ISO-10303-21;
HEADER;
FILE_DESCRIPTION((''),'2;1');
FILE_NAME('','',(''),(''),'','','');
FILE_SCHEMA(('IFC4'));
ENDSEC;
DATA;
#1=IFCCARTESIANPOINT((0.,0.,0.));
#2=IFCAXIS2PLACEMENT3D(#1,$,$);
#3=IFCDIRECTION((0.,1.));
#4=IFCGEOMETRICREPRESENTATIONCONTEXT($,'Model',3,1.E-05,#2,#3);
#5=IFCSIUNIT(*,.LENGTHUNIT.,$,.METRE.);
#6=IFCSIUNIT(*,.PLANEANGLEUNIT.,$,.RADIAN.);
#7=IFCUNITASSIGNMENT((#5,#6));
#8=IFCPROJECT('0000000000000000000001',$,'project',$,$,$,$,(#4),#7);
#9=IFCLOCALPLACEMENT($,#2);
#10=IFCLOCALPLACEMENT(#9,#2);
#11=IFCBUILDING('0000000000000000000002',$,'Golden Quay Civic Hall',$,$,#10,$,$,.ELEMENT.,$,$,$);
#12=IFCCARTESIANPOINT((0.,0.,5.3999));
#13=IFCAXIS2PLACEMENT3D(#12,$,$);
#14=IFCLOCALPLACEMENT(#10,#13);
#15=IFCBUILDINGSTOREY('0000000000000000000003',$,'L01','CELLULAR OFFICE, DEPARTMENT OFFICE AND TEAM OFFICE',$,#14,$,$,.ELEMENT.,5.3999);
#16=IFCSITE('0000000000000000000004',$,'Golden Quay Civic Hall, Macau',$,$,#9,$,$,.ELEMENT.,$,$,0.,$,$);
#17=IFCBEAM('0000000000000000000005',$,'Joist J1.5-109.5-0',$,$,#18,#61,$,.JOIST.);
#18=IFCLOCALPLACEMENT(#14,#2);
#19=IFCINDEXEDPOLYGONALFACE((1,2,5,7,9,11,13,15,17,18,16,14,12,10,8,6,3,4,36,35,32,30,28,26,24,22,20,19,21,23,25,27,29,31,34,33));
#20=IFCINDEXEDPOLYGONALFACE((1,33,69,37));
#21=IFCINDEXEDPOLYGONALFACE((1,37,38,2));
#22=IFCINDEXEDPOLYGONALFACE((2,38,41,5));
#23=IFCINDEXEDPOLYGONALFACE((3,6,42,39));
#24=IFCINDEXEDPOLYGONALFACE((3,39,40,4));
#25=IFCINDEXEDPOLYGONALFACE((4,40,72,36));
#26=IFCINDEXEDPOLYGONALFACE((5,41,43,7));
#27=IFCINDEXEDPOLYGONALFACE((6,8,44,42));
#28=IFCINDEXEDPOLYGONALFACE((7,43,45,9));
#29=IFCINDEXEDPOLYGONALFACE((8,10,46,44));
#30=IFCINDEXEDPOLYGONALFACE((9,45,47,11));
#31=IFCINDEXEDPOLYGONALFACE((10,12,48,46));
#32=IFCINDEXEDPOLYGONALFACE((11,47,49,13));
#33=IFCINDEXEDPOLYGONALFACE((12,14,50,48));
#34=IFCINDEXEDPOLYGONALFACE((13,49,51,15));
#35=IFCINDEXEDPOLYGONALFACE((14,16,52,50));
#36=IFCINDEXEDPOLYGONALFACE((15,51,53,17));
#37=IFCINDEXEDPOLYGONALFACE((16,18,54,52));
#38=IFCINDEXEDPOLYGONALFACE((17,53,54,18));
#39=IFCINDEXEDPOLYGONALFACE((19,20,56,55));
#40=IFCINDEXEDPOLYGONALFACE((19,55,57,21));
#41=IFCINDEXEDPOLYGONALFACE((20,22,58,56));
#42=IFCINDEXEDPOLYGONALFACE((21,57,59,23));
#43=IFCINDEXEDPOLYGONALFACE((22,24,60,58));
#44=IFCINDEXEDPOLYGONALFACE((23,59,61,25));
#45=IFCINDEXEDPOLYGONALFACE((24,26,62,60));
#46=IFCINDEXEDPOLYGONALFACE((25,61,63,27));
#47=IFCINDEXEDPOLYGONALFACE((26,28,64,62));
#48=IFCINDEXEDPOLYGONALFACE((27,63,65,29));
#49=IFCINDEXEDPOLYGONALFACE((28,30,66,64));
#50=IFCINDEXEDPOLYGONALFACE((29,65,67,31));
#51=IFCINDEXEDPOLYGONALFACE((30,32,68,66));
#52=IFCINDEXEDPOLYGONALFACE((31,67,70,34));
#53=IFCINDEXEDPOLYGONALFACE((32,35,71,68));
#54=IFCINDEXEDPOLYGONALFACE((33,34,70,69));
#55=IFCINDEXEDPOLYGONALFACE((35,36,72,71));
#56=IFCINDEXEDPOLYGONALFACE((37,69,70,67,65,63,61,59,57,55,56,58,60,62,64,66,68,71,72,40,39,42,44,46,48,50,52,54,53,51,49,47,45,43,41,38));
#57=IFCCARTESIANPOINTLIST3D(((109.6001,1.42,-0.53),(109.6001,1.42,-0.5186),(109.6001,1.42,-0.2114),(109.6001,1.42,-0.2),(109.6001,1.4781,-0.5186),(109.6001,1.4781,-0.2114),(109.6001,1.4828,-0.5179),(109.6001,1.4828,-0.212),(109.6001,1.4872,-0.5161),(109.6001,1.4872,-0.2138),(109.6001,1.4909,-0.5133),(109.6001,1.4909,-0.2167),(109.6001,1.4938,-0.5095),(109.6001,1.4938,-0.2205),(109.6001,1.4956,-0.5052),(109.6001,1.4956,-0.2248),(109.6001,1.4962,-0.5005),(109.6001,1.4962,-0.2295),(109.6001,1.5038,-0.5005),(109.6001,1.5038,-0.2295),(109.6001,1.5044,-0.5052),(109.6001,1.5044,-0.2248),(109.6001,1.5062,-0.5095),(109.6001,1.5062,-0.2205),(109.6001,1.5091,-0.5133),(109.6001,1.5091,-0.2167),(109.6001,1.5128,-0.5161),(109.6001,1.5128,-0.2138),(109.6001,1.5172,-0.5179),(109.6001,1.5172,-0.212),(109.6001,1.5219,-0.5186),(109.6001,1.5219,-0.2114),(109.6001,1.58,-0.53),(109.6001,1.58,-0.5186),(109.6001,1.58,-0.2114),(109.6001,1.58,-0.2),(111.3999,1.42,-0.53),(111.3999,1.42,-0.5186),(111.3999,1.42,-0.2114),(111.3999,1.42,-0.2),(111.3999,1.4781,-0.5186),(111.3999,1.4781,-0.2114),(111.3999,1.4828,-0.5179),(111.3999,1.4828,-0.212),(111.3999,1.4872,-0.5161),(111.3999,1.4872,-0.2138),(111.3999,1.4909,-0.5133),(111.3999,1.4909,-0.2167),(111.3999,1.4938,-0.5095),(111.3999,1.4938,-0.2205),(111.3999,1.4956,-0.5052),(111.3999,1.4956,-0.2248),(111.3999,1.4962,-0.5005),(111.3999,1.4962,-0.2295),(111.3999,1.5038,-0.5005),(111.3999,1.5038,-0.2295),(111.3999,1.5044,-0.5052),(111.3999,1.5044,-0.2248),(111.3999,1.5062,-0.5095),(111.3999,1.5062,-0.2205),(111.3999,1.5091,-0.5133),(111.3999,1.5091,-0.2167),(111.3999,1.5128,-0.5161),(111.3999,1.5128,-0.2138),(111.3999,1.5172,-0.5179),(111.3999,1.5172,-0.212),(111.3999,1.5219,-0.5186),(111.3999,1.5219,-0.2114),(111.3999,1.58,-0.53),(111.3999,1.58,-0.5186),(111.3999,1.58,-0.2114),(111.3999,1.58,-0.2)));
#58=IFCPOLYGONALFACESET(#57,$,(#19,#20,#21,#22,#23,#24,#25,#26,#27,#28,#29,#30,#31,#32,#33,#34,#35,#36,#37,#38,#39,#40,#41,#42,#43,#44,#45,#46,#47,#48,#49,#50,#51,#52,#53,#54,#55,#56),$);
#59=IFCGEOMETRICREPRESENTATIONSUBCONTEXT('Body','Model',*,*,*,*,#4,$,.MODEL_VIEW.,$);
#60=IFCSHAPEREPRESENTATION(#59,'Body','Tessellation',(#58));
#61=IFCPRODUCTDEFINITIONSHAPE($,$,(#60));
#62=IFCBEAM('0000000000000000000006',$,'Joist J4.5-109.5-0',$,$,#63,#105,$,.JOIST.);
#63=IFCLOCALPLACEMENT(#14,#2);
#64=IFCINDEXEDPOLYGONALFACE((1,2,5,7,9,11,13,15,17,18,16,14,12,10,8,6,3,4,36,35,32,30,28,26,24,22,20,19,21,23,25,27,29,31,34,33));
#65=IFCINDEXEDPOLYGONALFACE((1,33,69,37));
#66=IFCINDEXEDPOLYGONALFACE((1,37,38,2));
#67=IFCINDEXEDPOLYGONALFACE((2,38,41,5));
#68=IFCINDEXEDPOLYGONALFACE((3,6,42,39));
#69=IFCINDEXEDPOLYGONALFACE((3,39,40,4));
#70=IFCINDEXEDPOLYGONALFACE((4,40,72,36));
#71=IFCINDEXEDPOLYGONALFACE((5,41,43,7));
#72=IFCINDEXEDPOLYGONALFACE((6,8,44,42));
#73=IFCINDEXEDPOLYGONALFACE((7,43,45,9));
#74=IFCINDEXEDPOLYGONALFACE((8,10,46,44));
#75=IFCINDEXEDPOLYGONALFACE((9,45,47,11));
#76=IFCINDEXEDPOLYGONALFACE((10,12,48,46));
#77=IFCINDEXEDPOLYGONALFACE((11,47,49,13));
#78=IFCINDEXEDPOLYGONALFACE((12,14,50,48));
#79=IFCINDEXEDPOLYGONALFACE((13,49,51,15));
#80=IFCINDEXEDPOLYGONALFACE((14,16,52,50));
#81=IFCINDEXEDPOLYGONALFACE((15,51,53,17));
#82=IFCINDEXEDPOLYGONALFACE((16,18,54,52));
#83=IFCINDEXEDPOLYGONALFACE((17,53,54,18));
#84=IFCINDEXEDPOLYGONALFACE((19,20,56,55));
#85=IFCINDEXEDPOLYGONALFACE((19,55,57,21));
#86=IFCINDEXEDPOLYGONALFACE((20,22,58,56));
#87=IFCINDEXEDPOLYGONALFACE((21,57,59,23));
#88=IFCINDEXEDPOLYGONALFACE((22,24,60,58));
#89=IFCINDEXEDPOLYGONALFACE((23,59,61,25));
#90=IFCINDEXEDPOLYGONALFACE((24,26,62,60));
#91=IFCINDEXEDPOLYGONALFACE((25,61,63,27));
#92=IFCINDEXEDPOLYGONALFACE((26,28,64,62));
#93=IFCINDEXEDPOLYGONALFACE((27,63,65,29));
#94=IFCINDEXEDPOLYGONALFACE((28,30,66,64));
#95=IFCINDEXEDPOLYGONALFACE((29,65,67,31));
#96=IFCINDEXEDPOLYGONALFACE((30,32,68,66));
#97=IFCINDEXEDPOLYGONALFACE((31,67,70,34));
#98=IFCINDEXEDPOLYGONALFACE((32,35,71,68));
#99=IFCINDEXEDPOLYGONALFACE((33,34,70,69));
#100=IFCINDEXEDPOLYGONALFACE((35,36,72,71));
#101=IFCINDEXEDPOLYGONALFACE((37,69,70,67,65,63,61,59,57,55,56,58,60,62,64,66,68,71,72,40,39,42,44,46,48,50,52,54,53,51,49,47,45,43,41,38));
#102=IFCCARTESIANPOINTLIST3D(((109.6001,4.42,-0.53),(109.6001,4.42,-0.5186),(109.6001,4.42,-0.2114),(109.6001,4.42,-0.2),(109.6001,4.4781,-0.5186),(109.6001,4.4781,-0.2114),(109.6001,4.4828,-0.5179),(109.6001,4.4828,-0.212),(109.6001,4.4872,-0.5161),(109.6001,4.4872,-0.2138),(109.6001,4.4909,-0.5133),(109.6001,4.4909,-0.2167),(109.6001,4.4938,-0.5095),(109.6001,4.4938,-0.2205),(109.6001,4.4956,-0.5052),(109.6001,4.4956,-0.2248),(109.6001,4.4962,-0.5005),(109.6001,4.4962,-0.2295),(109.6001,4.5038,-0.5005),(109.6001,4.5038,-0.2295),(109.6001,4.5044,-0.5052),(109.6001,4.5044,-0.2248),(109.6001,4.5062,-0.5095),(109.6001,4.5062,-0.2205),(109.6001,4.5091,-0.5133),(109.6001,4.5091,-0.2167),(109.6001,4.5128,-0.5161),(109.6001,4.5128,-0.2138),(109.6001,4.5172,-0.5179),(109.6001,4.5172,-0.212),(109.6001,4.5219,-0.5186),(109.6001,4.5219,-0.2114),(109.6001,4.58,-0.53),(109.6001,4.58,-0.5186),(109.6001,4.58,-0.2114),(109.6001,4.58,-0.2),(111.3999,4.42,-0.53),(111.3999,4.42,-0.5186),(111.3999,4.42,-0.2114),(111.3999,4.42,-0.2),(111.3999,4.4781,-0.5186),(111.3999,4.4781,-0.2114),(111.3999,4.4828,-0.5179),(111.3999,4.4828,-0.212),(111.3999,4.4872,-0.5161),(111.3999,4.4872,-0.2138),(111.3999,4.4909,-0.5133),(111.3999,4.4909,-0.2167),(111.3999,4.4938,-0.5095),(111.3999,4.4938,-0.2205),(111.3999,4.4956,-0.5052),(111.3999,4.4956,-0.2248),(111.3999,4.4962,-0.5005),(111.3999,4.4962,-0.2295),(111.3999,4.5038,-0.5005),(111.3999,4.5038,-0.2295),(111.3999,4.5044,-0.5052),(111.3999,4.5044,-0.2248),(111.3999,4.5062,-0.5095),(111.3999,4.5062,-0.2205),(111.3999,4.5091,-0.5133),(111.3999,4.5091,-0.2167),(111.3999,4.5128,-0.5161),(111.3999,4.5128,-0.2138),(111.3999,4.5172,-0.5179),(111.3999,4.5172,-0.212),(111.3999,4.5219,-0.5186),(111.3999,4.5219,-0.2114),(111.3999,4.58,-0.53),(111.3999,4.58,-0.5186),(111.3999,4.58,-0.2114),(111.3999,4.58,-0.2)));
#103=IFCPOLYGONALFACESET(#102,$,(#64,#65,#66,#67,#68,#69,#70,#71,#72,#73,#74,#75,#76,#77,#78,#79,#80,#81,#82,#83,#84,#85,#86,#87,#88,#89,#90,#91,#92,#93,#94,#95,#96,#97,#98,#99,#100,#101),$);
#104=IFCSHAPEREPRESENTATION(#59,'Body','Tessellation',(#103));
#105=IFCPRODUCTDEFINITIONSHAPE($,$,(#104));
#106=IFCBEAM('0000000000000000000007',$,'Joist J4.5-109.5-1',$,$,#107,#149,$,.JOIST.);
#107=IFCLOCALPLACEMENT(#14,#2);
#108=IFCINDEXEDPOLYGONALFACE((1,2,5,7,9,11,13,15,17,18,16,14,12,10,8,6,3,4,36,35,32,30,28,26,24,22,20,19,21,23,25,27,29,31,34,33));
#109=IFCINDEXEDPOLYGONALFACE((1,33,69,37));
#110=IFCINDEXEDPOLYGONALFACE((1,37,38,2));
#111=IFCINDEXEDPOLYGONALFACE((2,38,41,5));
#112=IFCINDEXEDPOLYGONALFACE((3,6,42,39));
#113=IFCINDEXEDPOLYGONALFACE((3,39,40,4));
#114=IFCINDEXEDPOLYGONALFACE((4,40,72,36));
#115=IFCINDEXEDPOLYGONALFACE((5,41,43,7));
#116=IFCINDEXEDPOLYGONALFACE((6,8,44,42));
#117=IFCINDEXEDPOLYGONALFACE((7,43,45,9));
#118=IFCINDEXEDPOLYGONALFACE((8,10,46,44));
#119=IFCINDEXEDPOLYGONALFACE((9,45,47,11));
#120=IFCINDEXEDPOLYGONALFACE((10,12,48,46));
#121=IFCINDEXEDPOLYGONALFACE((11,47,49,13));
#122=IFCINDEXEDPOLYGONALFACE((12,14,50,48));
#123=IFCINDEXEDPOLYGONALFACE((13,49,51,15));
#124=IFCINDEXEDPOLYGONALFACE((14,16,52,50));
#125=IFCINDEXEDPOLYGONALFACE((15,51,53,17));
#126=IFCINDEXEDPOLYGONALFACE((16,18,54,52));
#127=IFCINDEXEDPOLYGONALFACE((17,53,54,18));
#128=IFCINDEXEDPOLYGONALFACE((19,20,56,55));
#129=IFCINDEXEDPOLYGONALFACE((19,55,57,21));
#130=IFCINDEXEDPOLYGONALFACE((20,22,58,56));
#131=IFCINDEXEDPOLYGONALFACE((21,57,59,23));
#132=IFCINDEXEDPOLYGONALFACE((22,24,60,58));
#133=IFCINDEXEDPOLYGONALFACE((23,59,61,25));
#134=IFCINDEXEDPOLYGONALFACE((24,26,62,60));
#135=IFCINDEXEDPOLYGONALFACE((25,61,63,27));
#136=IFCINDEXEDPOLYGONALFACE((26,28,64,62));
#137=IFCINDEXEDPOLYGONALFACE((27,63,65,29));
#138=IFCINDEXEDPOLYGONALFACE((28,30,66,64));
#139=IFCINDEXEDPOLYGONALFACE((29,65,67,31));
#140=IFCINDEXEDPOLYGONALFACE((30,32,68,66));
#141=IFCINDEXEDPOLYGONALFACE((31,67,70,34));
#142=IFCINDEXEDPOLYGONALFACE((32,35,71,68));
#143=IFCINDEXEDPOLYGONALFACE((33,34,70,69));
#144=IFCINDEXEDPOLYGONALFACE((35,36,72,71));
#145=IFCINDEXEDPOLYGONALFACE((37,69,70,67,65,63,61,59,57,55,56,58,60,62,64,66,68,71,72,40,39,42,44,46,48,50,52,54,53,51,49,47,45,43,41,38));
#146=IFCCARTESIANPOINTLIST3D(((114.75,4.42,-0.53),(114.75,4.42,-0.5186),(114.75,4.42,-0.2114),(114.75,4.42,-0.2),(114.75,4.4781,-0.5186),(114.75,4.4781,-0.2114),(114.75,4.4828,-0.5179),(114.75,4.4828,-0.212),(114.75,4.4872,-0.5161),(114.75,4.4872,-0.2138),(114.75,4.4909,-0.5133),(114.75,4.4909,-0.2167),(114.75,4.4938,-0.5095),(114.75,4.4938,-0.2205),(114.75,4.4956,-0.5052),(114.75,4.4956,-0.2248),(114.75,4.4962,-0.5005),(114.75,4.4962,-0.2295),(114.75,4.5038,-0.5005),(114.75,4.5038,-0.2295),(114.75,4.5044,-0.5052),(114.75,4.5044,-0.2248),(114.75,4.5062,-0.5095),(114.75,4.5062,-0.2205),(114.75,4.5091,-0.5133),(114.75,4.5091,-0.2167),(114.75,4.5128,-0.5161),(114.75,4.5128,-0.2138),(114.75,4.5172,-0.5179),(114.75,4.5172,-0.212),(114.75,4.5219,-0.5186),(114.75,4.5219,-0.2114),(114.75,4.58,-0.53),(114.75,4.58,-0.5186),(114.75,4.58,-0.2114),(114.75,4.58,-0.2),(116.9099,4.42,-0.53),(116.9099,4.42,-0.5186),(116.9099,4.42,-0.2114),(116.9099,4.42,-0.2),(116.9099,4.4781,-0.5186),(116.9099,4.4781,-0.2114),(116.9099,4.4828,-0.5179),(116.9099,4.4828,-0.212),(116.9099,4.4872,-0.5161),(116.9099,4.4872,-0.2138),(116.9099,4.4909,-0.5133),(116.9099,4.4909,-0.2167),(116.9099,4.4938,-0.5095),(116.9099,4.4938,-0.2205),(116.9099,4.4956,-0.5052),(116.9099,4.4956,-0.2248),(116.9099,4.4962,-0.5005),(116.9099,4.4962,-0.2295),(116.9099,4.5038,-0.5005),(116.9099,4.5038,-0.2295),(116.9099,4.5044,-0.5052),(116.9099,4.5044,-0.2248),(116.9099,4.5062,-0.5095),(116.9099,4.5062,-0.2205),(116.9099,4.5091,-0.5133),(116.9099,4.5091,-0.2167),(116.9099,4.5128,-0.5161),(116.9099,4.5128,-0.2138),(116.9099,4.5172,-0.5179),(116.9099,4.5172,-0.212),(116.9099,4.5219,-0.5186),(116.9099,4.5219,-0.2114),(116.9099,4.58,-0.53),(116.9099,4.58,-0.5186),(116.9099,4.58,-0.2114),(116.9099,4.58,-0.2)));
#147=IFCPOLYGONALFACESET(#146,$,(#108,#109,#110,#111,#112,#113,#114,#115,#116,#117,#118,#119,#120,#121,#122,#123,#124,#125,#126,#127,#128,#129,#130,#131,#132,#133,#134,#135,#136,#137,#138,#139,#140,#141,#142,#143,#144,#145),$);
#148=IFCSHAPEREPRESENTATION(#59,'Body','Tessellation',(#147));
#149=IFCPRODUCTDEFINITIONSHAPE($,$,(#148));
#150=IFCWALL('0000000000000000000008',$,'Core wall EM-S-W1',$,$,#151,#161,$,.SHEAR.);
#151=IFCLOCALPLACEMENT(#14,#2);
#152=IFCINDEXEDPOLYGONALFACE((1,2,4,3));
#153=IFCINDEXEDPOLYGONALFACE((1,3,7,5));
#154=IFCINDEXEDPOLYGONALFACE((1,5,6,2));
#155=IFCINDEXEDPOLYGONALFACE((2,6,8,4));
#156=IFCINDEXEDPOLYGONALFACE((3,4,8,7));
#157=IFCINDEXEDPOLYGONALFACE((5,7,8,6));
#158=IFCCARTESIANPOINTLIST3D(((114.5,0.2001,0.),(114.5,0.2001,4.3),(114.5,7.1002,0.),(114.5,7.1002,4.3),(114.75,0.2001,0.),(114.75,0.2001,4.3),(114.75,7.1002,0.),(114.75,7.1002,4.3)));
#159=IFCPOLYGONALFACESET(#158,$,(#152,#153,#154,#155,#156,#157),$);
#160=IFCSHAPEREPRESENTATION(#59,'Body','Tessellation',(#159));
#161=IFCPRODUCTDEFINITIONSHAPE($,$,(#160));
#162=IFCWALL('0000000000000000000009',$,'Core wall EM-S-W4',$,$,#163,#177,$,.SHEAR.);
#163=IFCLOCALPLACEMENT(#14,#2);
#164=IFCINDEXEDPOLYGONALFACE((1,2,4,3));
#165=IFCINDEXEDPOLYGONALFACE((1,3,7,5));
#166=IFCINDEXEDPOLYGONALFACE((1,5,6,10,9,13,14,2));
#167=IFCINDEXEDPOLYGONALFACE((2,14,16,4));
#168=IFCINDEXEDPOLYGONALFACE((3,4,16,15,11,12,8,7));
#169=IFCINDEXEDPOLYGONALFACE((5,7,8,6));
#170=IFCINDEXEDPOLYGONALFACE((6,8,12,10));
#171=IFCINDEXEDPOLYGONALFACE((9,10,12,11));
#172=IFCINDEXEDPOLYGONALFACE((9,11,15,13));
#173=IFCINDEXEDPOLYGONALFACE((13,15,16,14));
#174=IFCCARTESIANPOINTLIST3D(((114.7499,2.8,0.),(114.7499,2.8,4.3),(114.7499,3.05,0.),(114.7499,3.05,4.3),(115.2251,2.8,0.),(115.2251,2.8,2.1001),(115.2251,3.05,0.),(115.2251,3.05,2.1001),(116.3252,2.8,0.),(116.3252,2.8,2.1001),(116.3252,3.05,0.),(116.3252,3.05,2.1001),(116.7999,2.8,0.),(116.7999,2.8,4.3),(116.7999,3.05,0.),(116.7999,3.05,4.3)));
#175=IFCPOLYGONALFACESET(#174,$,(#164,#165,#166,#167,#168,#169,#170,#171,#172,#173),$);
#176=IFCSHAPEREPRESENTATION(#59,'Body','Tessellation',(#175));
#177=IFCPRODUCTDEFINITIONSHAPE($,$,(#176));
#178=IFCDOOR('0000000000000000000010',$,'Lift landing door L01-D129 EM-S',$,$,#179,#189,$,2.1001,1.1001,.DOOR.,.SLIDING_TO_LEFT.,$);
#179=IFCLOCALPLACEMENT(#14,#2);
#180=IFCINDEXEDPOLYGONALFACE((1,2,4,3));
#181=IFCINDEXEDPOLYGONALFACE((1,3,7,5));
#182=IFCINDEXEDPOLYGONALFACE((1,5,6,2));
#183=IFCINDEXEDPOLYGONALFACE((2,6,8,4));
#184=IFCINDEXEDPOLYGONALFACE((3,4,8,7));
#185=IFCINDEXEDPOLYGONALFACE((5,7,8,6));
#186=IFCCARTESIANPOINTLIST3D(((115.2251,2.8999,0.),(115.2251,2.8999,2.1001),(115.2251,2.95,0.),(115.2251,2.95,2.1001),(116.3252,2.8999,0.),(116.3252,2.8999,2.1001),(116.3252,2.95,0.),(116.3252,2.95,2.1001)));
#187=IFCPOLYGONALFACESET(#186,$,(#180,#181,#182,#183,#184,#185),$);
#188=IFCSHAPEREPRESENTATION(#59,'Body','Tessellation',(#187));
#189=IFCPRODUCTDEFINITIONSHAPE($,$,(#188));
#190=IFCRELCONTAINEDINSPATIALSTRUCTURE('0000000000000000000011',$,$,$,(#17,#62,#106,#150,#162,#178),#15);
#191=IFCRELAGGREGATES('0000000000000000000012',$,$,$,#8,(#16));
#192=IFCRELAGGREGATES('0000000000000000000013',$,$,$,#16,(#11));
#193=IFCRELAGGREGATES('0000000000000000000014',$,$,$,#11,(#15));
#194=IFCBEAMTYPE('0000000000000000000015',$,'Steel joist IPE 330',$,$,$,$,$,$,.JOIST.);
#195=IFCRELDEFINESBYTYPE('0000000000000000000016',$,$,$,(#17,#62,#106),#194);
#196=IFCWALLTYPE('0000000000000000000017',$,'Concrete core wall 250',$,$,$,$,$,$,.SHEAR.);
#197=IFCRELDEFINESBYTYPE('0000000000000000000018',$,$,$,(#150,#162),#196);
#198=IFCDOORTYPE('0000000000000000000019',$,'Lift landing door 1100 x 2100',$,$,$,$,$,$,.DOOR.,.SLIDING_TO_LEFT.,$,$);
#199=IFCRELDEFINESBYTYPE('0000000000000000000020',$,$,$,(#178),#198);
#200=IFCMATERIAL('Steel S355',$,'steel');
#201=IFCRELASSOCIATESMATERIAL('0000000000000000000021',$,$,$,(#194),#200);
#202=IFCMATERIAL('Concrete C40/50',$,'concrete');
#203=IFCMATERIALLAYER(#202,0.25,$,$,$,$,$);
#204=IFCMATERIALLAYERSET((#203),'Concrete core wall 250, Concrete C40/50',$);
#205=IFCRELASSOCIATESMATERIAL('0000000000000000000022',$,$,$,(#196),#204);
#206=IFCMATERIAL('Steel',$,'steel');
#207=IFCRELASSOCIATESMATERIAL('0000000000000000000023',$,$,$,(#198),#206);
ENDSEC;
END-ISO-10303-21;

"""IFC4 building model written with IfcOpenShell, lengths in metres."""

from ifc_helpers import new_model, si_unit, direction, frame, frame_2d, origin, origin_2d, place, context, subcontext, project, spatial, rectangle, i_section, extrude, material, layer, layer_set, material_profile, profile_set, type_object, element, fill, save


model = new_model("IFC4")

# Units and contexts
model_context = context("Model", 3, precision=1e-05, world=origin(), true_north=direction((0.0, 1.0)))
body_context = subcontext(model_context, "Body", "Model", "MODEL_VIEW")
ifc_project = project(units=[si_unit("LENGTHUNIT", "METRE"), si_unit("PLANEANGLEUNIT", "RADIAN")], contexts=[model_context])

# Site, building, storey
site_placement = place(None, origin())
site = spatial("IfcSite", under=ifc_project, at=site_placement, Name="Golden Quay Civic Hall, Macau", CompositionType="ELEMENT", RefElevation=0.0)
building_placement = place(site_placement, origin())
building = spatial("IfcBuilding", under=site, at=building_placement, Name="Golden Quay Civic Hall", CompositionType="ELEMENT")
storey_placement = place(building_placement, frame((0.0, 0.0, 5.3999)))
storey = spatial("IfcBuildingStorey", under=building, at=storey_placement, Name="L01", Description="CELLULAR OFFICE, DEPARTMENT OFFICE AND TEAM OFFICE", CompositionType="ELEMENT", Elevation=5.3999)

# Beams
ifc_material_1 = material(Name="Steel S355", Category="steel")
ifc_material_profile = material_profile(ifc_material_1, i_section(OverallWidth=0.1599, OverallDepth=0.3301, WebThickness=0.0076, FlangeThickness=0.0115, FilletRadius=0.0181, at=origin_2d()), Name="IPE 330")
ifc_profile_set = profile_set([ifc_material_profile], Name="Steel S355")
beam_type = type_object("IfcBeamType", Name="Steel joist IPE 330", PredefinedType="JOIST", material=ifc_profile_set)
for number, where, z_axis, x_axis, name in (
    (1, (109.6001, 1.5, -0.365), (1.0, 0.0, 0.0), (0.0, 1.0, 0.0), "Joist J1.5-109.5-0"),
    (2, (109.6001, 4.5, -0.365), (1.0, 0.0, 0.0), (0.0, 1.0, 0.0), "Joist J4.5-109.5-0"),
):
    element("IfcBeam", number, at=place(storey_placement, frame(where, z_axis=z_axis, x_axis=x_axis)), inside=storey, type_object=beam_type, Name=name, PredefinedType="JOIST", context=body_context, shape_type="SweptSolid", body=[
        extrude(i_section(OverallWidth=0.1599, OverallDepth=0.3301, WebThickness=0.0076, FlangeThickness=0.0115, FilletRadius=0.0181, at=origin_2d()), origin(), (0.0, 0.0, 1.0), 1.7998),
    ])
beam_placement = place(storey_placement, frame((114.75, 4.5, -0.365), z_axis=(1.0, 0.0, 0.0), x_axis=(0.0, 1.0, 0.0)))
element("IfcBeam", 3, at=beam_placement, inside=storey, type_object=beam_type, Name="Joist J4.5-109.5-1", PredefinedType="JOIST", context=body_context, shape_type="SweptSolid", body=[
    extrude(i_section(OverallWidth=0.1599, OverallDepth=0.3301, WebThickness=0.0076, FlangeThickness=0.0115, FilletRadius=0.0181, at=origin_2d()), origin(), (0.0, 0.0, 1.0), 2.1599),
])

# Wall
ifc_material_2 = material(Name="Concrete C40/50", Category="concrete")
ifc_layer = layer(ifc_material_2, 0.25)
ifc_layer_set = layer_set([ifc_layer], Name="Concrete core wall 250, Concrete C40/50")
wall_type = type_object("IfcWallType", Name="Concrete core wall 250", PredefinedType="SHEAR", material=ifc_layer_set)
wall_1_placement = place(storey_placement, frame((114.625, 0.2, 0.0), z_axis=(0.0, 0.0, 1.0), x_axis=(0.0, 1.0, 0.0)))
element("IfcWall", 4, at=wall_1_placement, inside=storey, type_object=wall_type, Name="Core wall EM-S-W1", PredefinedType="SHEAR", context=body_context, shape_type="SweptSolid", body=[
    extrude(rectangle(XDim=6.9001, YDim=0.25, at=frame_2d((3.4502, 0.0))), origin(), (0.0, 0.0, 1.0), 4.3),
])

# Wall, opening, door
wall_2_placement = place(storey_placement, frame((114.75, 2.925, 0.0), z_axis=(0.0, 0.0, 1.0), x_axis=(1.0, 0.0, 0.0)))
wall_2 = element("IfcWall", 5, at=wall_2_placement, inside=storey, type_object=wall_type, Name="Core wall EM-S-W4", PredefinedType="SHEAR", context=body_context, shape_type="SweptSolid", body=[
    extrude(rectangle(XDim=2.05, YDim=0.25, at=frame_2d((1.0249, 0.0))), origin(), (0.0, 0.0, 1.0), 4.3),
])
opening_placement = place(wall_2_placement, frame((0.4751, 0.0, 0.0)))
opening = element("IfcOpeningElement", 6, at=opening_placement, cuts=wall_2, PredefinedType="OPENING", context=body_context, shape_type="SweptSolid", body=[
    extrude(rectangle(XDim=1.1001, YDim=2.1001, at=frame_2d((0.55, 1.05))), frame((0.0, 0.135, 0.0), z_axis=(0.0, -1.0, 0.0), x_axis=(1.0, 0.0, 0.0)), (0.0, 0.0, 1.0), 0.27),
])
ifc_material_3 = material(Name="Steel", Category="steel")
door_type = type_object("IfcDoorType", Name="Lift landing door 1100 x 2100", OperationType="SLIDING_TO_LEFT", PredefinedType="DOOR", material=ifc_material_3)
door_placement = place(opening_placement, origin())
door = element("IfcDoor", 7, at=door_placement, inside=storey, type_object=door_type, Name="Lift landing door L01-D129 EM-S", OperationType="SLIDING_TO_LEFT", OverallHeight=2.1001, OverallWidth=1.1001, PredefinedType="DOOR", context=body_context, shape_type="SweptSolid", body=[
    extrude(rectangle(XDim=1.1001, YDim=2.1001, at=frame_2d((0.55, 1.05))), frame((0.0, 0.0249, 0.0), z_axis=(0.0, -1.0, 0.0), x_axis=(1.0, 0.0, 0.0)), (0.0, 0.0, 1.0), 0.05),
])
fill(opening, door)

save(model, "model.ifc")
